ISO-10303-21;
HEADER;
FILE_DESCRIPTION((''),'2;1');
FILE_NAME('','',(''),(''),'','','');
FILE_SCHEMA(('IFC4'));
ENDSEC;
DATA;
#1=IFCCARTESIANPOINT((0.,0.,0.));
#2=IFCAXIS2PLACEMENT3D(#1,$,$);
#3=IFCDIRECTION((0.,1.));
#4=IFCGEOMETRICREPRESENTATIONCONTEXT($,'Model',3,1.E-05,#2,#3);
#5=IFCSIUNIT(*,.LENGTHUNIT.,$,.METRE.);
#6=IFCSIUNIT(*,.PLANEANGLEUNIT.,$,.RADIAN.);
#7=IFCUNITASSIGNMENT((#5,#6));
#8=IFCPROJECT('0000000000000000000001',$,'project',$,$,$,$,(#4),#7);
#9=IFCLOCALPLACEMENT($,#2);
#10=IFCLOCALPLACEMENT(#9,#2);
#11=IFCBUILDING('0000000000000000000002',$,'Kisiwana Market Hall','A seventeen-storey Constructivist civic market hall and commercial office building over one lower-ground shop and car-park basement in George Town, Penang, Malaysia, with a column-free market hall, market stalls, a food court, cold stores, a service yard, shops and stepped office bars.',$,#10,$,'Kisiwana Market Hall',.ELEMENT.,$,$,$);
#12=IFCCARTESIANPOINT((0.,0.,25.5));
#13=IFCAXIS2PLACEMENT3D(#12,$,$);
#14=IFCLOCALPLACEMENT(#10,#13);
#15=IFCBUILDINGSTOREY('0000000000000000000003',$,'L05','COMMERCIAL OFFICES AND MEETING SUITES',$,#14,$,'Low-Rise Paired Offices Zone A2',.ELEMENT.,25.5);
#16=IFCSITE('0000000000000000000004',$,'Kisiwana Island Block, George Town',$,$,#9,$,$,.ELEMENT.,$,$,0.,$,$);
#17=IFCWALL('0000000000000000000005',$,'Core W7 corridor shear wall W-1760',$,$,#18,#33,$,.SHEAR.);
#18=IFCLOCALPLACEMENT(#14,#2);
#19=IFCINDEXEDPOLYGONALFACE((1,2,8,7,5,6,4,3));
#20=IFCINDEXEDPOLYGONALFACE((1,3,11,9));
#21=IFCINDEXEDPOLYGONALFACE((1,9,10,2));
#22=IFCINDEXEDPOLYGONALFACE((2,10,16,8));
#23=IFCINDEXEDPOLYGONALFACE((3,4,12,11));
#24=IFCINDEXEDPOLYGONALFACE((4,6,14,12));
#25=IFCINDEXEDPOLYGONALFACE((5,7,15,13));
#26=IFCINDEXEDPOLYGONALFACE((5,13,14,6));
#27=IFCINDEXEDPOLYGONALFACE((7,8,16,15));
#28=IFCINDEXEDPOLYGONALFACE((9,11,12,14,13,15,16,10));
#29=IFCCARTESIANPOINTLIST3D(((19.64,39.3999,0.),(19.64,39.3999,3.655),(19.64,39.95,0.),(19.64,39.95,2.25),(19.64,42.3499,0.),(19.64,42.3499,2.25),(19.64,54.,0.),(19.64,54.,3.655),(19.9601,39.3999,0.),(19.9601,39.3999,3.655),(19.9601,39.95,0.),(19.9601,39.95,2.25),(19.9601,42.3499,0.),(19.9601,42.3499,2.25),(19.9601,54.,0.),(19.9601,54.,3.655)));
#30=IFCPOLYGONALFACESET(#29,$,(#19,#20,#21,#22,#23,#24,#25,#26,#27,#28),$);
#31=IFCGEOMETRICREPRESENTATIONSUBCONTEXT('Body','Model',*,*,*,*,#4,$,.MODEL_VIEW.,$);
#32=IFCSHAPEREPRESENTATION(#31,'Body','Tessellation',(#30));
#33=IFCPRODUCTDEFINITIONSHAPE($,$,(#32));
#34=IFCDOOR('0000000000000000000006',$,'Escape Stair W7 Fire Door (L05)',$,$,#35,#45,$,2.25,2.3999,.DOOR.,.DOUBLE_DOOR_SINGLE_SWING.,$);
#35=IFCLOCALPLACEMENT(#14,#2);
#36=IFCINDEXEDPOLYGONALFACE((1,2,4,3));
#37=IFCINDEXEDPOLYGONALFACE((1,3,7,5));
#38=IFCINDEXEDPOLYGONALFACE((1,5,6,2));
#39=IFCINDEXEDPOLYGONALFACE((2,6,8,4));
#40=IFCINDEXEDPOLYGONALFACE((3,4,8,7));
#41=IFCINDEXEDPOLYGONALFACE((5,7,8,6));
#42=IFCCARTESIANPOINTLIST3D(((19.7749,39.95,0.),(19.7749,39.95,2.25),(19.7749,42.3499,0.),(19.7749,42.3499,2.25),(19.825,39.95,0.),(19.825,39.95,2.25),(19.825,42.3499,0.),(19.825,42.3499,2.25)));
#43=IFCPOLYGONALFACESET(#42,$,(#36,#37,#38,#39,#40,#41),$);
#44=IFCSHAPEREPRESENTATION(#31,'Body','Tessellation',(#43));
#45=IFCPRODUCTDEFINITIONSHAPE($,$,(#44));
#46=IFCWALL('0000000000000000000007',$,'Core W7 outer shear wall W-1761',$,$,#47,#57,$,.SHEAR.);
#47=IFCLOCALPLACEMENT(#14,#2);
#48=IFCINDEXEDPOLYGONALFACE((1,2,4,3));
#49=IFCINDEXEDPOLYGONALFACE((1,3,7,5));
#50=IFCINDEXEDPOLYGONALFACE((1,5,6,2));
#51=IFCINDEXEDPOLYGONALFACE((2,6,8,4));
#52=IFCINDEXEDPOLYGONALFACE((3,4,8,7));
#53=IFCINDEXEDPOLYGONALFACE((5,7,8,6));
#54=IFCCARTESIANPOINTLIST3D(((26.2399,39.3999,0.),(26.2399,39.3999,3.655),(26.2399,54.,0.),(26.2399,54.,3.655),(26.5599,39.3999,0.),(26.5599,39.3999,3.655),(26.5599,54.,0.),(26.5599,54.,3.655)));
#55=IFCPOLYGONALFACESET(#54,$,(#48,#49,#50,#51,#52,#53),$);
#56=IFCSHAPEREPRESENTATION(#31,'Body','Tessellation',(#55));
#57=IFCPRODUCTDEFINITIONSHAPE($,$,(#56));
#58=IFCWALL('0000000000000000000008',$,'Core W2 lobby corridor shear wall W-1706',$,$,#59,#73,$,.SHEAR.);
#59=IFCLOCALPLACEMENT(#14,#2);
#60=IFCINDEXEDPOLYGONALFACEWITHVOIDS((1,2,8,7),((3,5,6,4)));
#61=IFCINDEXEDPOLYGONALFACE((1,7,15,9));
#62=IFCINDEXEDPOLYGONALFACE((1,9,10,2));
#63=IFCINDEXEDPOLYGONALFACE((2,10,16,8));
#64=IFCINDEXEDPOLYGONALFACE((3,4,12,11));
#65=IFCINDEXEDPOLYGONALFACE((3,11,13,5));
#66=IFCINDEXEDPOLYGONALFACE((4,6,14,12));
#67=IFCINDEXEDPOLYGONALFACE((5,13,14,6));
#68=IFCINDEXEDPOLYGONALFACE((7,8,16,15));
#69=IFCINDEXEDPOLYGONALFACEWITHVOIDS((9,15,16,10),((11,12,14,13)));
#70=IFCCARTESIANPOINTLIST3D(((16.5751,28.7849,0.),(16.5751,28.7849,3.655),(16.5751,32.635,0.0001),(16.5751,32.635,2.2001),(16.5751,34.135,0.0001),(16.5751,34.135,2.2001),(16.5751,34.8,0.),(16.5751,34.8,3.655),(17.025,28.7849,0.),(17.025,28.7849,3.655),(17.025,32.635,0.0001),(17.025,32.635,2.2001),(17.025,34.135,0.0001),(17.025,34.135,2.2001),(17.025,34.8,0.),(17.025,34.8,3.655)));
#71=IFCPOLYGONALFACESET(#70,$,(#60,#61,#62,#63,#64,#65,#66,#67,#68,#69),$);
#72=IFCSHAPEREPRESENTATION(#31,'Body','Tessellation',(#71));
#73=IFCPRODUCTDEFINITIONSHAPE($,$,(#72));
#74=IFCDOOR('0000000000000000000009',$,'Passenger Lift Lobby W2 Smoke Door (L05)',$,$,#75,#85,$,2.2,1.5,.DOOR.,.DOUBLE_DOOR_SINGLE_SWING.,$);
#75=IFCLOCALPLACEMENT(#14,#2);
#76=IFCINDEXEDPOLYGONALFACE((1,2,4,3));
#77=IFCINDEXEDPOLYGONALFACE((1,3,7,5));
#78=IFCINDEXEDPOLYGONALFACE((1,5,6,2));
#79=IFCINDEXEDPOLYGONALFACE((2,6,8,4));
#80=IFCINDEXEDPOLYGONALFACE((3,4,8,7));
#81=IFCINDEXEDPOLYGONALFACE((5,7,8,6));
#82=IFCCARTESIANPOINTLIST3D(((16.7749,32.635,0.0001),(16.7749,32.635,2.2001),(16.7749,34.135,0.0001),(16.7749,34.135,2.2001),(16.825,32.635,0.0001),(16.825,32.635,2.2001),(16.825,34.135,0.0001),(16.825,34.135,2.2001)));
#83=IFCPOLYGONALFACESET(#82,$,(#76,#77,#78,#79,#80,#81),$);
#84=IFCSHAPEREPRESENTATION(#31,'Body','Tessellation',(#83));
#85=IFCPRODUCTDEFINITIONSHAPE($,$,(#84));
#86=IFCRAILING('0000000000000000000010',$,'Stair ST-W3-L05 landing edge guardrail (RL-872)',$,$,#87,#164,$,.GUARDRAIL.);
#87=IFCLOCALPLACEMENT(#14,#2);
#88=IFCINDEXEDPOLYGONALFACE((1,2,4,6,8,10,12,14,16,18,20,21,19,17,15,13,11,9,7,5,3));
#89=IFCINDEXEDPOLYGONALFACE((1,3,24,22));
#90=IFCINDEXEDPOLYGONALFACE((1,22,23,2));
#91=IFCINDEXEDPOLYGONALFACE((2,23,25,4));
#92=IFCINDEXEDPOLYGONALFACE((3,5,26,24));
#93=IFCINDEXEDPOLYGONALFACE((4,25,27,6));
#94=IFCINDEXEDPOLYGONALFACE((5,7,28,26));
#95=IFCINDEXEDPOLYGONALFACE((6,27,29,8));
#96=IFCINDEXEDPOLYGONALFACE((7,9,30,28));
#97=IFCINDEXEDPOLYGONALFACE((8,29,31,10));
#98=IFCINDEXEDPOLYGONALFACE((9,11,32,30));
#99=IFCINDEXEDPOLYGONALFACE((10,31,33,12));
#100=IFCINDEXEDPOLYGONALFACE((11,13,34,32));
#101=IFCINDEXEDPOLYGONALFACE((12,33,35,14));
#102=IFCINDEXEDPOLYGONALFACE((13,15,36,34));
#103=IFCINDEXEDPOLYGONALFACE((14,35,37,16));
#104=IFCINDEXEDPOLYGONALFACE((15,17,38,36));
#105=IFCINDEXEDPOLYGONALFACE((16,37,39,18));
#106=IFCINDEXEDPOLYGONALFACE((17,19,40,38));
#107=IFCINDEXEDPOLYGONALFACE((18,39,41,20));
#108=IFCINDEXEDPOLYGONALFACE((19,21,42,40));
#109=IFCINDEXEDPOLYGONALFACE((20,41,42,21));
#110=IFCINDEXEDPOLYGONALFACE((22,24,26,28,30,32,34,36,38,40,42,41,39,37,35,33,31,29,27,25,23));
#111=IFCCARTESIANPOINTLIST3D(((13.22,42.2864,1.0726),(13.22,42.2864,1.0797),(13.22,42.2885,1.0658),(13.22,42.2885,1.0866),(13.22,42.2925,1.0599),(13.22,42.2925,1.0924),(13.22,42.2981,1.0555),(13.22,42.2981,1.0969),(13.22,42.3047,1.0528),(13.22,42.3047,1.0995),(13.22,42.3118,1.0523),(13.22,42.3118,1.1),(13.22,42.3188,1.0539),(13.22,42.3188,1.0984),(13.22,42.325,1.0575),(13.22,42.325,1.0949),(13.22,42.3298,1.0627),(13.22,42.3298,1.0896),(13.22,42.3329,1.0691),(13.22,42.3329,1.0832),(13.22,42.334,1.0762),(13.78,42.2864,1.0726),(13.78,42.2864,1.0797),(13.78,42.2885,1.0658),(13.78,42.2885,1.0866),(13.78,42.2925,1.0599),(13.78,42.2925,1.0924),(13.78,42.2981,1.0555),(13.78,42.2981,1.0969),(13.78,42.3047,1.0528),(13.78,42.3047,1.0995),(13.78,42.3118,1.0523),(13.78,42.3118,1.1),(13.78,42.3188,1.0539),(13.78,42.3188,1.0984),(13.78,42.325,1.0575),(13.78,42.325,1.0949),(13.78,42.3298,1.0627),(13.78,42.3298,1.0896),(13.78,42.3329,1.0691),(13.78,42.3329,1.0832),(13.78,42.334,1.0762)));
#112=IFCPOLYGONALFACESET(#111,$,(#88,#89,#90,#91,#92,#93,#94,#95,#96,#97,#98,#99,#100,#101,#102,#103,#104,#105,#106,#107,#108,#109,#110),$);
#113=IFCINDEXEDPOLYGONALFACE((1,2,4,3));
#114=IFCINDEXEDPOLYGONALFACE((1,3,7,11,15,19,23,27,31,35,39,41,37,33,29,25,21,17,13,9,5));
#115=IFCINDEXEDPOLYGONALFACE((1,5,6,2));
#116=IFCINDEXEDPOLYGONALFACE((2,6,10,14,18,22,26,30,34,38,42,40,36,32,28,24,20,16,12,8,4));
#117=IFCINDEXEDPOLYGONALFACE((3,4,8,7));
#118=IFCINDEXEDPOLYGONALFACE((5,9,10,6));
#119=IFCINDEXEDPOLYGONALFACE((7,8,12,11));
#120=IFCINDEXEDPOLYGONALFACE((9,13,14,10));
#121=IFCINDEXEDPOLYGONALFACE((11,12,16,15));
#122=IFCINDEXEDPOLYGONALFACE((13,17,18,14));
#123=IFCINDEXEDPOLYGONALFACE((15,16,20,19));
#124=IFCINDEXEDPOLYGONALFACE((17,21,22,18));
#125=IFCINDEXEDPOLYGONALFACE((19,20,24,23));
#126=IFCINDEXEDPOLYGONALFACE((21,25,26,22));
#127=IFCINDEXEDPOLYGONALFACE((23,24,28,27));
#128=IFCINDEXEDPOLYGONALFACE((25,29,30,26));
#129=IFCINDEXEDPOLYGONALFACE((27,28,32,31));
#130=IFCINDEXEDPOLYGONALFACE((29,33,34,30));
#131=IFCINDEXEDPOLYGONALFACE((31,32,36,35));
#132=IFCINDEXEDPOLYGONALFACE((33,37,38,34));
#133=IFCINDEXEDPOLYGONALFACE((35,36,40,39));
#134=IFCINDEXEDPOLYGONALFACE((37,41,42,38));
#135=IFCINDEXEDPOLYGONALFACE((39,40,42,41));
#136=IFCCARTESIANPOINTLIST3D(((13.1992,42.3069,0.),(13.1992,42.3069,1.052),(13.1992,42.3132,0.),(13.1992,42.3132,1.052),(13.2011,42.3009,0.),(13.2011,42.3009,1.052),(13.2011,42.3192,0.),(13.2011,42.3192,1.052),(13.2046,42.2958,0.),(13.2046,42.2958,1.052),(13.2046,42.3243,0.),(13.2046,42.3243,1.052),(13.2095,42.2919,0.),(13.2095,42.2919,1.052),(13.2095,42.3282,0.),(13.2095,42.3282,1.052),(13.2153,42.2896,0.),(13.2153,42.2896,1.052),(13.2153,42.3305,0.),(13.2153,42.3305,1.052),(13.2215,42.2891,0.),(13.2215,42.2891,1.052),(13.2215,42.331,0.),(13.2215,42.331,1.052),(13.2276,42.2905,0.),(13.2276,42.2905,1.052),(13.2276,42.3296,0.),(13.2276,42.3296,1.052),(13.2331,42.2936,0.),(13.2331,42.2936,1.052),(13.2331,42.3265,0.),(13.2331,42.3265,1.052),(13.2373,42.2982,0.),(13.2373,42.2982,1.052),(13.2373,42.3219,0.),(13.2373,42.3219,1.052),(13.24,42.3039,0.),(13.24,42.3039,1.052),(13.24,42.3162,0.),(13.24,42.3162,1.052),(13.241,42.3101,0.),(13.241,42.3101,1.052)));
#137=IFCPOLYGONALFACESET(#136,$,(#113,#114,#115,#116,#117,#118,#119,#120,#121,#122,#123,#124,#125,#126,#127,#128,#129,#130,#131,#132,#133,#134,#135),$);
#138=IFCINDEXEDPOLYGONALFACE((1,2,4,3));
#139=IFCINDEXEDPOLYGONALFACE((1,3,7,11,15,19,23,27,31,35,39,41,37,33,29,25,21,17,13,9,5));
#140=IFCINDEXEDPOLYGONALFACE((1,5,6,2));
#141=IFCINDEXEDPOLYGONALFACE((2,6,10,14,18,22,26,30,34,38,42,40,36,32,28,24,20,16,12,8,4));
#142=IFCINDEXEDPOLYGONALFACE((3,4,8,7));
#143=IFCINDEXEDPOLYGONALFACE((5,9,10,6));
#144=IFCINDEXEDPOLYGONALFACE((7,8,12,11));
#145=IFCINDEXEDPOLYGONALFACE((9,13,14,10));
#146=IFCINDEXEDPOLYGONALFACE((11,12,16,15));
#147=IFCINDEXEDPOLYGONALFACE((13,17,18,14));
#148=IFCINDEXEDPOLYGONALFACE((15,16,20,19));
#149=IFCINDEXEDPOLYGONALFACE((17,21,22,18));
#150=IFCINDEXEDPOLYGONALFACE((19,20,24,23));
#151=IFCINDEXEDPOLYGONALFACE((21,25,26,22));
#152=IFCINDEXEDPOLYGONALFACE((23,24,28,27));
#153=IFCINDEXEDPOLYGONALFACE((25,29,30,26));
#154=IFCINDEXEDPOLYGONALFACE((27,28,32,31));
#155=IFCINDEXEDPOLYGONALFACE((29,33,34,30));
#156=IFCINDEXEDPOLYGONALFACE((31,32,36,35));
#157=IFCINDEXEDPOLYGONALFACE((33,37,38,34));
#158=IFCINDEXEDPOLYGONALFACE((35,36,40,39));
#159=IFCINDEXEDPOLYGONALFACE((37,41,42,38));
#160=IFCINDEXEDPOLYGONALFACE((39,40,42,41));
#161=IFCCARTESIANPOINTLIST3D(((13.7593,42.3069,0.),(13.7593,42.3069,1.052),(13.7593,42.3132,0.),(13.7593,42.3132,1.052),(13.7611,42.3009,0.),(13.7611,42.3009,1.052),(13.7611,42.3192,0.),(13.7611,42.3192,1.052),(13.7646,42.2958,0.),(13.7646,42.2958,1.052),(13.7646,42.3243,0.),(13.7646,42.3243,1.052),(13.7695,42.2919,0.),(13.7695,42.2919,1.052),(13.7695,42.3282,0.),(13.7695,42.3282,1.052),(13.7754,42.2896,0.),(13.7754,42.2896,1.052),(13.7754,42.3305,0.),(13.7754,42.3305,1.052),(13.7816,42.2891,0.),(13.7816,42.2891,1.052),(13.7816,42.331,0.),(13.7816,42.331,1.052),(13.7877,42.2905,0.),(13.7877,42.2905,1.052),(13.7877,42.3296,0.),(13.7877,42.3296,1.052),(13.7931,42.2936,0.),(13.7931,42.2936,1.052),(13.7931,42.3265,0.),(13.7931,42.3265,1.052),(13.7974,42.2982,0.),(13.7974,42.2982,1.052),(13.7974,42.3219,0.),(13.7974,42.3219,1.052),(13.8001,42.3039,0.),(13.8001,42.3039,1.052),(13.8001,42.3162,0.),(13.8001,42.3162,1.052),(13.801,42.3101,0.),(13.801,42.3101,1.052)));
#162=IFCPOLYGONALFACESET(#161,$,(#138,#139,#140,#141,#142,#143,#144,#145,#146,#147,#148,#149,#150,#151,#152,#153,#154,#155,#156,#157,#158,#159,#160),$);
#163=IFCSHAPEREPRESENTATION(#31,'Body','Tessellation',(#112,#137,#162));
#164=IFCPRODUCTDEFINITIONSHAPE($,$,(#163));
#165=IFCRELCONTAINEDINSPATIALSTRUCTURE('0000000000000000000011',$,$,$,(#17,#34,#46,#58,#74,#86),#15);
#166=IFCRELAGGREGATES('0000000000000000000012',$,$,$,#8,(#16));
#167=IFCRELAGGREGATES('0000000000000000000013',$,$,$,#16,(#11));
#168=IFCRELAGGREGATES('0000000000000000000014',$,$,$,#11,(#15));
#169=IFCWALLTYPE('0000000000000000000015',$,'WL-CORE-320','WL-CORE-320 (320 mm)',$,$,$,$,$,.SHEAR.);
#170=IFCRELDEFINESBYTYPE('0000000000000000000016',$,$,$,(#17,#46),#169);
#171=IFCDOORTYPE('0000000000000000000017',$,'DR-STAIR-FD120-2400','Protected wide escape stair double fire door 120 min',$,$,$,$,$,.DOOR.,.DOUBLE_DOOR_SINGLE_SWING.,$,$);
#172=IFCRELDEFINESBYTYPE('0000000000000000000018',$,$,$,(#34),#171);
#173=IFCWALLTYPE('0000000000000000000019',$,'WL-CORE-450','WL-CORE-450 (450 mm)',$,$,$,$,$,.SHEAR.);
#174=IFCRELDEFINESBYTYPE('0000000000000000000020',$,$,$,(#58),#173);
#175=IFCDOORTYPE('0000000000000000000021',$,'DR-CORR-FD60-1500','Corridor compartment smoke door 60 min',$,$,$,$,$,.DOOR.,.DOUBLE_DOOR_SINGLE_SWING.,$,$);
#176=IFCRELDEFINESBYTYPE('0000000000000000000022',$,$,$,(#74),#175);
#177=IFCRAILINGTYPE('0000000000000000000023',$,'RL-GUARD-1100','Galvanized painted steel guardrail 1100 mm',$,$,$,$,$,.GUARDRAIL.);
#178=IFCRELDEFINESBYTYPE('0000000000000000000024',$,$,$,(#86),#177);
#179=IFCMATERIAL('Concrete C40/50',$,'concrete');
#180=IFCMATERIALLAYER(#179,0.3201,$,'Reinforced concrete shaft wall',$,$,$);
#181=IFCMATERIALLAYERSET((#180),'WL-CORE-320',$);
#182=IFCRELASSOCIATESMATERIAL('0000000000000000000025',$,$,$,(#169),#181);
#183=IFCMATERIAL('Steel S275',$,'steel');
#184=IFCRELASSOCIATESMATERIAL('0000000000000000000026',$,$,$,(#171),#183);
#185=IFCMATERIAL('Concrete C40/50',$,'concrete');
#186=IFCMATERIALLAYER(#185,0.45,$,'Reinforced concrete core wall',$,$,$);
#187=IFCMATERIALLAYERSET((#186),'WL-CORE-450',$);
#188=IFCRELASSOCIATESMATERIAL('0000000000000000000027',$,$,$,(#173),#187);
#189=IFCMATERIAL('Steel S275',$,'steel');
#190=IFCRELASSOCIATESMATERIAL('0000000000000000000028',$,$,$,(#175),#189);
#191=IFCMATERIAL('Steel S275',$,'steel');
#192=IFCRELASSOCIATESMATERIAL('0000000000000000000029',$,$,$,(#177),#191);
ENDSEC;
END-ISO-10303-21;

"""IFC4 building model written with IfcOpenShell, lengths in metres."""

from ifc_helpers import new_model, si_unit, direction, frame, frame_2d, origin, origin_2d, place, context, subcontext, project, spatial, rectangle, circle, extrude, material, layer, layer_set, type_object, element, fill, save


model = new_model("IFC4")

# Units and contexts
model_context = context("Model", 3, precision=1e-05, world=origin(), true_north=direction((0.0, 1.0)))
body_context = subcontext(model_context, "Body", "Model", "MODEL_VIEW")
ifc_project = project(units=[si_unit("LENGTHUNIT", "METRE"), si_unit("PLANEANGLEUNIT", "RADIAN")], contexts=[model_context])

# Site, building, storey
site_placement = place(None, origin())
site = spatial("IfcSite", under=ifc_project, at=site_placement, Name="Kisiwana Island Block, George Town", CompositionType="ELEMENT", RefElevation=0.0)
building_placement = place(site_placement, origin())
building = spatial("IfcBuilding", under=site, at=building_placement, Name="Kisiwana Market Hall", Description="A seventeen-storey Constructivist civic market hall and commercial office building over one lower-ground shop and car-park basement in George Town, Penang, Malaysia, with a column-free market hall, market stalls, a food court, cold stores, a service yard, shops and stepped office bars.", LongName="Kisiwana Market Hall", CompositionType="ELEMENT")
storey_placement = place(building_placement, frame((0.0, 0.0, 25.5)))
storey = spatial("IfcBuildingStorey", under=building, at=storey_placement, Name="L05", Description="COMMERCIAL OFFICES AND MEETING SUITES", LongName="Low-Rise Paired Offices Zone A2", CompositionType="ELEMENT", Elevation=25.5)

# Shared definitions
ifc_material_1 = material(Name="Concrete C40/50", Category="concrete")
ifc_layer_1 = layer(ifc_material_1, 0.3201, Name="Reinforced concrete shaft wall")
ifc_layer_set_1 = layer_set([ifc_layer_1], Name="WL-CORE-320")
wall_type_1 = type_object("IfcWallType", Name="WL-CORE-320", Description="WL-CORE-320 (320 mm)", PredefinedType="SHEAR", material=ifc_layer_set_1)

# Shared definitions
ifc_material_2 = material(Name="Steel S275", Category="steel")
door_type_1 = type_object("IfcDoorType", Name="DR-STAIR-FD120-2400", Description="Protected wide escape stair double fire door 120 min", OperationType="DOUBLE_DOOR_SINGLE_SWING", PredefinedType="DOOR", material=ifc_material_2)

# Wall, opening, door
wall_1_placement = place(storey_placement, frame((19.8, 39.3999, 0.0), z_axis=(0.0, 0.0, 1.0), x_axis=(0.0, 1.0, 0.0)))
wall_1 = element("IfcWall", 1, at=wall_1_placement, inside=storey, type_object=wall_type_1, Name="Core W7 corridor shear wall W-1760", PredefinedType="SHEAR", context=body_context, shape_type="SweptSolid", body=[
    extrude(rectangle(XDim=14.6001, YDim=0.3201, at=frame_2d((7.3, 0.0))), origin(), (0.0, 0.0, 1.0), 3.655),
])
opening_1_placement = place(wall_1_placement, frame((0.55, 0.0, 0.0)))
opening_1 = element("IfcOpeningElement", 2, at=opening_1_placement, cuts=wall_1, PredefinedType="OPENING", context=body_context, shape_type="SweptSolid", body=[
    extrude(rectangle(XDim=2.3999, YDim=2.25, at=frame_2d((1.2, 1.125))), frame((0.0, 0.1719, 0.0), z_axis=(0.0, -1.0, 0.0), x_axis=(1.0, 0.0, 0.0)), (0.0, 0.0, 1.0), 0.344),
])
door_1_placement = place(opening_1_placement, frame((2.3999, 0.0, 0.0), z_axis=(0.0, 0.0, 1.0), x_axis=(-1.0, 0.0, 0.0)))
door_1 = element("IfcDoor", 3, at=door_1_placement, inside=storey, type_object=door_type_1, Name="Escape Stair W7 Fire Door (L05)", OperationType="DOUBLE_DOOR_SINGLE_SWING", OverallHeight=2.25, OverallWidth=2.3999, PredefinedType="DOOR", context=body_context, shape_type="SweptSolid", body=[
    extrude(rectangle(XDim=2.3999, YDim=2.25, at=frame_2d((1.2, 1.125))), frame((0.0, 0.0249, 0.0), z_axis=(0.0, -1.0, 0.0), x_axis=(1.0, 0.0, 0.0)), (0.0, 0.0, 1.0), 0.05),
])
fill(opening_1, door_1)

# Wall
wall_2_placement = place(storey_placement, frame((26.3999, 39.3999, 0.0), z_axis=(0.0, 0.0, 1.0), x_axis=(0.0, 1.0, 0.0)))
element("IfcWall", 4, at=wall_2_placement, inside=storey, type_object=wall_type_1, Name="Core W7 outer shear wall W-1761", PredefinedType="SHEAR", context=body_context, shape_type="SweptSolid", body=[
    extrude(rectangle(XDim=14.6001, YDim=0.3201, at=frame_2d((7.3, 0.0))), origin(), (0.0, 0.0, 1.0), 3.655),
])

# Wall, opening, door
ifc_material_3 = material(Name="Concrete C40/50", Category="concrete")
ifc_layer_2 = layer(ifc_material_3, 0.45, Name="Reinforced concrete core wall")
ifc_layer_set_2 = layer_set([ifc_layer_2], Name="WL-CORE-450")
wall_type_2 = type_object("IfcWallType", Name="WL-CORE-450", Description="WL-CORE-450 (450 mm)", PredefinedType="SHEAR", material=ifc_layer_set_2)
wall_3_placement = place(storey_placement, frame((16.8, 28.7849, 0.0), z_axis=(0.0, 0.0, 1.0), x_axis=(0.0, 1.0, 0.0)))
wall_3 = element("IfcWall", 5, at=wall_3_placement, inside=storey, type_object=wall_type_2, Name="Core W2 lobby corridor shear wall W-1706", PredefinedType="SHEAR", context=body_context, shape_type="SweptSolid", body=[
    extrude(rectangle(XDim=6.0151, YDim=0.45, at=frame_2d((3.0076, 0.0))), origin(), (0.0, 0.0, 1.0), 3.655),
])
opening_2_placement = place(wall_3_placement, frame((3.8501, 0.0, 0.0)))
opening_2 = element("IfcOpeningElement", 6, at=opening_2_placement, cuts=wall_3, PredefinedType="OPENING", context=body_context, shape_type="SweptSolid", body=[
    extrude(rectangle(XDim=1.5, YDim=2.2, at=frame_2d((0.75, 1.1001))), frame((0.0, 0.2368, 0.0), z_axis=(0.0, -1.0, 0.0), x_axis=(1.0, 0.0, 0.0)), (0.0, 0.0, 1.0), 0.4739),
])
ifc_material_4 = material(Name="Steel S275", Category="steel")
door_type_2 = type_object("IfcDoorType", Name="DR-CORR-FD60-1500", Description="Corridor compartment smoke door 60 min", OperationType="DOUBLE_DOOR_SINGLE_SWING", PredefinedType="DOOR", material=ifc_material_4)
door_2_placement = place(opening_2_placement, frame((1.5, 0.0, 0.0), z_axis=(0.0, 0.0, 1.0), x_axis=(-1.0, 0.0, 0.0)))
door_2 = element("IfcDoor", 7, at=door_2_placement, inside=storey, type_object=door_type_2, Name="Passenger Lift Lobby W2 Smoke Door (L05)", OperationType="DOUBLE_DOOR_SINGLE_SWING", OverallHeight=2.2, OverallWidth=1.5, PredefinedType="DOOR", context=body_context, shape_type="SweptSolid", body=[
    extrude(rectangle(XDim=1.5, YDim=2.2, at=frame_2d((0.75, 1.1001))), frame((0.0, 0.0249, 0.0), z_axis=(0.0, -1.0, 0.0), x_axis=(1.0, 0.0, 0.0)), (0.0, 0.0, 1.0), 0.05),
])
fill(opening_2, door_2)

# Railing
ifc_material_5 = material(Name="Steel S275", Category="steel")
railing_type_1 = type_object("IfcRailingType", Name="RL-GUARD-1100", Description="Galvanized painted steel guardrail 1100 mm", PredefinedType="GUARDRAIL", material=ifc_material_5)
railing_1_placement = place(storey_placement, frame((13.22, 42.3101, 0.0)))
element("IfcRailing", 8, at=railing_1_placement, inside=storey, type_object=railing_type_1, Name="Stair ST-W3-L05 landing edge guardrail (RL-872)", PredefinedType="GUARDRAIL", context=body_context, shape_type="SweptSolid", body=[
    extrude(circle(Radius=0.0239, at=origin_2d()), frame((0.0, 0.0, 1.0762), z_axis=(1.0, 0.0, 0.0), x_axis=(0.0, 1.0, 0.0)), (0.0, 0.0, 1.0), 0.5601),
    extrude(circle(Radius=0.021, at=origin_2d()), origin(), (0.0, 0.0, 1.0), 1.052),
    extrude(circle(Radius=0.021, at=origin_2d()), frame((0.5601, 0.0, 0.0)), (0.0, 0.0, 1.0), 1.052),
])

save(model, "model.ifc")
